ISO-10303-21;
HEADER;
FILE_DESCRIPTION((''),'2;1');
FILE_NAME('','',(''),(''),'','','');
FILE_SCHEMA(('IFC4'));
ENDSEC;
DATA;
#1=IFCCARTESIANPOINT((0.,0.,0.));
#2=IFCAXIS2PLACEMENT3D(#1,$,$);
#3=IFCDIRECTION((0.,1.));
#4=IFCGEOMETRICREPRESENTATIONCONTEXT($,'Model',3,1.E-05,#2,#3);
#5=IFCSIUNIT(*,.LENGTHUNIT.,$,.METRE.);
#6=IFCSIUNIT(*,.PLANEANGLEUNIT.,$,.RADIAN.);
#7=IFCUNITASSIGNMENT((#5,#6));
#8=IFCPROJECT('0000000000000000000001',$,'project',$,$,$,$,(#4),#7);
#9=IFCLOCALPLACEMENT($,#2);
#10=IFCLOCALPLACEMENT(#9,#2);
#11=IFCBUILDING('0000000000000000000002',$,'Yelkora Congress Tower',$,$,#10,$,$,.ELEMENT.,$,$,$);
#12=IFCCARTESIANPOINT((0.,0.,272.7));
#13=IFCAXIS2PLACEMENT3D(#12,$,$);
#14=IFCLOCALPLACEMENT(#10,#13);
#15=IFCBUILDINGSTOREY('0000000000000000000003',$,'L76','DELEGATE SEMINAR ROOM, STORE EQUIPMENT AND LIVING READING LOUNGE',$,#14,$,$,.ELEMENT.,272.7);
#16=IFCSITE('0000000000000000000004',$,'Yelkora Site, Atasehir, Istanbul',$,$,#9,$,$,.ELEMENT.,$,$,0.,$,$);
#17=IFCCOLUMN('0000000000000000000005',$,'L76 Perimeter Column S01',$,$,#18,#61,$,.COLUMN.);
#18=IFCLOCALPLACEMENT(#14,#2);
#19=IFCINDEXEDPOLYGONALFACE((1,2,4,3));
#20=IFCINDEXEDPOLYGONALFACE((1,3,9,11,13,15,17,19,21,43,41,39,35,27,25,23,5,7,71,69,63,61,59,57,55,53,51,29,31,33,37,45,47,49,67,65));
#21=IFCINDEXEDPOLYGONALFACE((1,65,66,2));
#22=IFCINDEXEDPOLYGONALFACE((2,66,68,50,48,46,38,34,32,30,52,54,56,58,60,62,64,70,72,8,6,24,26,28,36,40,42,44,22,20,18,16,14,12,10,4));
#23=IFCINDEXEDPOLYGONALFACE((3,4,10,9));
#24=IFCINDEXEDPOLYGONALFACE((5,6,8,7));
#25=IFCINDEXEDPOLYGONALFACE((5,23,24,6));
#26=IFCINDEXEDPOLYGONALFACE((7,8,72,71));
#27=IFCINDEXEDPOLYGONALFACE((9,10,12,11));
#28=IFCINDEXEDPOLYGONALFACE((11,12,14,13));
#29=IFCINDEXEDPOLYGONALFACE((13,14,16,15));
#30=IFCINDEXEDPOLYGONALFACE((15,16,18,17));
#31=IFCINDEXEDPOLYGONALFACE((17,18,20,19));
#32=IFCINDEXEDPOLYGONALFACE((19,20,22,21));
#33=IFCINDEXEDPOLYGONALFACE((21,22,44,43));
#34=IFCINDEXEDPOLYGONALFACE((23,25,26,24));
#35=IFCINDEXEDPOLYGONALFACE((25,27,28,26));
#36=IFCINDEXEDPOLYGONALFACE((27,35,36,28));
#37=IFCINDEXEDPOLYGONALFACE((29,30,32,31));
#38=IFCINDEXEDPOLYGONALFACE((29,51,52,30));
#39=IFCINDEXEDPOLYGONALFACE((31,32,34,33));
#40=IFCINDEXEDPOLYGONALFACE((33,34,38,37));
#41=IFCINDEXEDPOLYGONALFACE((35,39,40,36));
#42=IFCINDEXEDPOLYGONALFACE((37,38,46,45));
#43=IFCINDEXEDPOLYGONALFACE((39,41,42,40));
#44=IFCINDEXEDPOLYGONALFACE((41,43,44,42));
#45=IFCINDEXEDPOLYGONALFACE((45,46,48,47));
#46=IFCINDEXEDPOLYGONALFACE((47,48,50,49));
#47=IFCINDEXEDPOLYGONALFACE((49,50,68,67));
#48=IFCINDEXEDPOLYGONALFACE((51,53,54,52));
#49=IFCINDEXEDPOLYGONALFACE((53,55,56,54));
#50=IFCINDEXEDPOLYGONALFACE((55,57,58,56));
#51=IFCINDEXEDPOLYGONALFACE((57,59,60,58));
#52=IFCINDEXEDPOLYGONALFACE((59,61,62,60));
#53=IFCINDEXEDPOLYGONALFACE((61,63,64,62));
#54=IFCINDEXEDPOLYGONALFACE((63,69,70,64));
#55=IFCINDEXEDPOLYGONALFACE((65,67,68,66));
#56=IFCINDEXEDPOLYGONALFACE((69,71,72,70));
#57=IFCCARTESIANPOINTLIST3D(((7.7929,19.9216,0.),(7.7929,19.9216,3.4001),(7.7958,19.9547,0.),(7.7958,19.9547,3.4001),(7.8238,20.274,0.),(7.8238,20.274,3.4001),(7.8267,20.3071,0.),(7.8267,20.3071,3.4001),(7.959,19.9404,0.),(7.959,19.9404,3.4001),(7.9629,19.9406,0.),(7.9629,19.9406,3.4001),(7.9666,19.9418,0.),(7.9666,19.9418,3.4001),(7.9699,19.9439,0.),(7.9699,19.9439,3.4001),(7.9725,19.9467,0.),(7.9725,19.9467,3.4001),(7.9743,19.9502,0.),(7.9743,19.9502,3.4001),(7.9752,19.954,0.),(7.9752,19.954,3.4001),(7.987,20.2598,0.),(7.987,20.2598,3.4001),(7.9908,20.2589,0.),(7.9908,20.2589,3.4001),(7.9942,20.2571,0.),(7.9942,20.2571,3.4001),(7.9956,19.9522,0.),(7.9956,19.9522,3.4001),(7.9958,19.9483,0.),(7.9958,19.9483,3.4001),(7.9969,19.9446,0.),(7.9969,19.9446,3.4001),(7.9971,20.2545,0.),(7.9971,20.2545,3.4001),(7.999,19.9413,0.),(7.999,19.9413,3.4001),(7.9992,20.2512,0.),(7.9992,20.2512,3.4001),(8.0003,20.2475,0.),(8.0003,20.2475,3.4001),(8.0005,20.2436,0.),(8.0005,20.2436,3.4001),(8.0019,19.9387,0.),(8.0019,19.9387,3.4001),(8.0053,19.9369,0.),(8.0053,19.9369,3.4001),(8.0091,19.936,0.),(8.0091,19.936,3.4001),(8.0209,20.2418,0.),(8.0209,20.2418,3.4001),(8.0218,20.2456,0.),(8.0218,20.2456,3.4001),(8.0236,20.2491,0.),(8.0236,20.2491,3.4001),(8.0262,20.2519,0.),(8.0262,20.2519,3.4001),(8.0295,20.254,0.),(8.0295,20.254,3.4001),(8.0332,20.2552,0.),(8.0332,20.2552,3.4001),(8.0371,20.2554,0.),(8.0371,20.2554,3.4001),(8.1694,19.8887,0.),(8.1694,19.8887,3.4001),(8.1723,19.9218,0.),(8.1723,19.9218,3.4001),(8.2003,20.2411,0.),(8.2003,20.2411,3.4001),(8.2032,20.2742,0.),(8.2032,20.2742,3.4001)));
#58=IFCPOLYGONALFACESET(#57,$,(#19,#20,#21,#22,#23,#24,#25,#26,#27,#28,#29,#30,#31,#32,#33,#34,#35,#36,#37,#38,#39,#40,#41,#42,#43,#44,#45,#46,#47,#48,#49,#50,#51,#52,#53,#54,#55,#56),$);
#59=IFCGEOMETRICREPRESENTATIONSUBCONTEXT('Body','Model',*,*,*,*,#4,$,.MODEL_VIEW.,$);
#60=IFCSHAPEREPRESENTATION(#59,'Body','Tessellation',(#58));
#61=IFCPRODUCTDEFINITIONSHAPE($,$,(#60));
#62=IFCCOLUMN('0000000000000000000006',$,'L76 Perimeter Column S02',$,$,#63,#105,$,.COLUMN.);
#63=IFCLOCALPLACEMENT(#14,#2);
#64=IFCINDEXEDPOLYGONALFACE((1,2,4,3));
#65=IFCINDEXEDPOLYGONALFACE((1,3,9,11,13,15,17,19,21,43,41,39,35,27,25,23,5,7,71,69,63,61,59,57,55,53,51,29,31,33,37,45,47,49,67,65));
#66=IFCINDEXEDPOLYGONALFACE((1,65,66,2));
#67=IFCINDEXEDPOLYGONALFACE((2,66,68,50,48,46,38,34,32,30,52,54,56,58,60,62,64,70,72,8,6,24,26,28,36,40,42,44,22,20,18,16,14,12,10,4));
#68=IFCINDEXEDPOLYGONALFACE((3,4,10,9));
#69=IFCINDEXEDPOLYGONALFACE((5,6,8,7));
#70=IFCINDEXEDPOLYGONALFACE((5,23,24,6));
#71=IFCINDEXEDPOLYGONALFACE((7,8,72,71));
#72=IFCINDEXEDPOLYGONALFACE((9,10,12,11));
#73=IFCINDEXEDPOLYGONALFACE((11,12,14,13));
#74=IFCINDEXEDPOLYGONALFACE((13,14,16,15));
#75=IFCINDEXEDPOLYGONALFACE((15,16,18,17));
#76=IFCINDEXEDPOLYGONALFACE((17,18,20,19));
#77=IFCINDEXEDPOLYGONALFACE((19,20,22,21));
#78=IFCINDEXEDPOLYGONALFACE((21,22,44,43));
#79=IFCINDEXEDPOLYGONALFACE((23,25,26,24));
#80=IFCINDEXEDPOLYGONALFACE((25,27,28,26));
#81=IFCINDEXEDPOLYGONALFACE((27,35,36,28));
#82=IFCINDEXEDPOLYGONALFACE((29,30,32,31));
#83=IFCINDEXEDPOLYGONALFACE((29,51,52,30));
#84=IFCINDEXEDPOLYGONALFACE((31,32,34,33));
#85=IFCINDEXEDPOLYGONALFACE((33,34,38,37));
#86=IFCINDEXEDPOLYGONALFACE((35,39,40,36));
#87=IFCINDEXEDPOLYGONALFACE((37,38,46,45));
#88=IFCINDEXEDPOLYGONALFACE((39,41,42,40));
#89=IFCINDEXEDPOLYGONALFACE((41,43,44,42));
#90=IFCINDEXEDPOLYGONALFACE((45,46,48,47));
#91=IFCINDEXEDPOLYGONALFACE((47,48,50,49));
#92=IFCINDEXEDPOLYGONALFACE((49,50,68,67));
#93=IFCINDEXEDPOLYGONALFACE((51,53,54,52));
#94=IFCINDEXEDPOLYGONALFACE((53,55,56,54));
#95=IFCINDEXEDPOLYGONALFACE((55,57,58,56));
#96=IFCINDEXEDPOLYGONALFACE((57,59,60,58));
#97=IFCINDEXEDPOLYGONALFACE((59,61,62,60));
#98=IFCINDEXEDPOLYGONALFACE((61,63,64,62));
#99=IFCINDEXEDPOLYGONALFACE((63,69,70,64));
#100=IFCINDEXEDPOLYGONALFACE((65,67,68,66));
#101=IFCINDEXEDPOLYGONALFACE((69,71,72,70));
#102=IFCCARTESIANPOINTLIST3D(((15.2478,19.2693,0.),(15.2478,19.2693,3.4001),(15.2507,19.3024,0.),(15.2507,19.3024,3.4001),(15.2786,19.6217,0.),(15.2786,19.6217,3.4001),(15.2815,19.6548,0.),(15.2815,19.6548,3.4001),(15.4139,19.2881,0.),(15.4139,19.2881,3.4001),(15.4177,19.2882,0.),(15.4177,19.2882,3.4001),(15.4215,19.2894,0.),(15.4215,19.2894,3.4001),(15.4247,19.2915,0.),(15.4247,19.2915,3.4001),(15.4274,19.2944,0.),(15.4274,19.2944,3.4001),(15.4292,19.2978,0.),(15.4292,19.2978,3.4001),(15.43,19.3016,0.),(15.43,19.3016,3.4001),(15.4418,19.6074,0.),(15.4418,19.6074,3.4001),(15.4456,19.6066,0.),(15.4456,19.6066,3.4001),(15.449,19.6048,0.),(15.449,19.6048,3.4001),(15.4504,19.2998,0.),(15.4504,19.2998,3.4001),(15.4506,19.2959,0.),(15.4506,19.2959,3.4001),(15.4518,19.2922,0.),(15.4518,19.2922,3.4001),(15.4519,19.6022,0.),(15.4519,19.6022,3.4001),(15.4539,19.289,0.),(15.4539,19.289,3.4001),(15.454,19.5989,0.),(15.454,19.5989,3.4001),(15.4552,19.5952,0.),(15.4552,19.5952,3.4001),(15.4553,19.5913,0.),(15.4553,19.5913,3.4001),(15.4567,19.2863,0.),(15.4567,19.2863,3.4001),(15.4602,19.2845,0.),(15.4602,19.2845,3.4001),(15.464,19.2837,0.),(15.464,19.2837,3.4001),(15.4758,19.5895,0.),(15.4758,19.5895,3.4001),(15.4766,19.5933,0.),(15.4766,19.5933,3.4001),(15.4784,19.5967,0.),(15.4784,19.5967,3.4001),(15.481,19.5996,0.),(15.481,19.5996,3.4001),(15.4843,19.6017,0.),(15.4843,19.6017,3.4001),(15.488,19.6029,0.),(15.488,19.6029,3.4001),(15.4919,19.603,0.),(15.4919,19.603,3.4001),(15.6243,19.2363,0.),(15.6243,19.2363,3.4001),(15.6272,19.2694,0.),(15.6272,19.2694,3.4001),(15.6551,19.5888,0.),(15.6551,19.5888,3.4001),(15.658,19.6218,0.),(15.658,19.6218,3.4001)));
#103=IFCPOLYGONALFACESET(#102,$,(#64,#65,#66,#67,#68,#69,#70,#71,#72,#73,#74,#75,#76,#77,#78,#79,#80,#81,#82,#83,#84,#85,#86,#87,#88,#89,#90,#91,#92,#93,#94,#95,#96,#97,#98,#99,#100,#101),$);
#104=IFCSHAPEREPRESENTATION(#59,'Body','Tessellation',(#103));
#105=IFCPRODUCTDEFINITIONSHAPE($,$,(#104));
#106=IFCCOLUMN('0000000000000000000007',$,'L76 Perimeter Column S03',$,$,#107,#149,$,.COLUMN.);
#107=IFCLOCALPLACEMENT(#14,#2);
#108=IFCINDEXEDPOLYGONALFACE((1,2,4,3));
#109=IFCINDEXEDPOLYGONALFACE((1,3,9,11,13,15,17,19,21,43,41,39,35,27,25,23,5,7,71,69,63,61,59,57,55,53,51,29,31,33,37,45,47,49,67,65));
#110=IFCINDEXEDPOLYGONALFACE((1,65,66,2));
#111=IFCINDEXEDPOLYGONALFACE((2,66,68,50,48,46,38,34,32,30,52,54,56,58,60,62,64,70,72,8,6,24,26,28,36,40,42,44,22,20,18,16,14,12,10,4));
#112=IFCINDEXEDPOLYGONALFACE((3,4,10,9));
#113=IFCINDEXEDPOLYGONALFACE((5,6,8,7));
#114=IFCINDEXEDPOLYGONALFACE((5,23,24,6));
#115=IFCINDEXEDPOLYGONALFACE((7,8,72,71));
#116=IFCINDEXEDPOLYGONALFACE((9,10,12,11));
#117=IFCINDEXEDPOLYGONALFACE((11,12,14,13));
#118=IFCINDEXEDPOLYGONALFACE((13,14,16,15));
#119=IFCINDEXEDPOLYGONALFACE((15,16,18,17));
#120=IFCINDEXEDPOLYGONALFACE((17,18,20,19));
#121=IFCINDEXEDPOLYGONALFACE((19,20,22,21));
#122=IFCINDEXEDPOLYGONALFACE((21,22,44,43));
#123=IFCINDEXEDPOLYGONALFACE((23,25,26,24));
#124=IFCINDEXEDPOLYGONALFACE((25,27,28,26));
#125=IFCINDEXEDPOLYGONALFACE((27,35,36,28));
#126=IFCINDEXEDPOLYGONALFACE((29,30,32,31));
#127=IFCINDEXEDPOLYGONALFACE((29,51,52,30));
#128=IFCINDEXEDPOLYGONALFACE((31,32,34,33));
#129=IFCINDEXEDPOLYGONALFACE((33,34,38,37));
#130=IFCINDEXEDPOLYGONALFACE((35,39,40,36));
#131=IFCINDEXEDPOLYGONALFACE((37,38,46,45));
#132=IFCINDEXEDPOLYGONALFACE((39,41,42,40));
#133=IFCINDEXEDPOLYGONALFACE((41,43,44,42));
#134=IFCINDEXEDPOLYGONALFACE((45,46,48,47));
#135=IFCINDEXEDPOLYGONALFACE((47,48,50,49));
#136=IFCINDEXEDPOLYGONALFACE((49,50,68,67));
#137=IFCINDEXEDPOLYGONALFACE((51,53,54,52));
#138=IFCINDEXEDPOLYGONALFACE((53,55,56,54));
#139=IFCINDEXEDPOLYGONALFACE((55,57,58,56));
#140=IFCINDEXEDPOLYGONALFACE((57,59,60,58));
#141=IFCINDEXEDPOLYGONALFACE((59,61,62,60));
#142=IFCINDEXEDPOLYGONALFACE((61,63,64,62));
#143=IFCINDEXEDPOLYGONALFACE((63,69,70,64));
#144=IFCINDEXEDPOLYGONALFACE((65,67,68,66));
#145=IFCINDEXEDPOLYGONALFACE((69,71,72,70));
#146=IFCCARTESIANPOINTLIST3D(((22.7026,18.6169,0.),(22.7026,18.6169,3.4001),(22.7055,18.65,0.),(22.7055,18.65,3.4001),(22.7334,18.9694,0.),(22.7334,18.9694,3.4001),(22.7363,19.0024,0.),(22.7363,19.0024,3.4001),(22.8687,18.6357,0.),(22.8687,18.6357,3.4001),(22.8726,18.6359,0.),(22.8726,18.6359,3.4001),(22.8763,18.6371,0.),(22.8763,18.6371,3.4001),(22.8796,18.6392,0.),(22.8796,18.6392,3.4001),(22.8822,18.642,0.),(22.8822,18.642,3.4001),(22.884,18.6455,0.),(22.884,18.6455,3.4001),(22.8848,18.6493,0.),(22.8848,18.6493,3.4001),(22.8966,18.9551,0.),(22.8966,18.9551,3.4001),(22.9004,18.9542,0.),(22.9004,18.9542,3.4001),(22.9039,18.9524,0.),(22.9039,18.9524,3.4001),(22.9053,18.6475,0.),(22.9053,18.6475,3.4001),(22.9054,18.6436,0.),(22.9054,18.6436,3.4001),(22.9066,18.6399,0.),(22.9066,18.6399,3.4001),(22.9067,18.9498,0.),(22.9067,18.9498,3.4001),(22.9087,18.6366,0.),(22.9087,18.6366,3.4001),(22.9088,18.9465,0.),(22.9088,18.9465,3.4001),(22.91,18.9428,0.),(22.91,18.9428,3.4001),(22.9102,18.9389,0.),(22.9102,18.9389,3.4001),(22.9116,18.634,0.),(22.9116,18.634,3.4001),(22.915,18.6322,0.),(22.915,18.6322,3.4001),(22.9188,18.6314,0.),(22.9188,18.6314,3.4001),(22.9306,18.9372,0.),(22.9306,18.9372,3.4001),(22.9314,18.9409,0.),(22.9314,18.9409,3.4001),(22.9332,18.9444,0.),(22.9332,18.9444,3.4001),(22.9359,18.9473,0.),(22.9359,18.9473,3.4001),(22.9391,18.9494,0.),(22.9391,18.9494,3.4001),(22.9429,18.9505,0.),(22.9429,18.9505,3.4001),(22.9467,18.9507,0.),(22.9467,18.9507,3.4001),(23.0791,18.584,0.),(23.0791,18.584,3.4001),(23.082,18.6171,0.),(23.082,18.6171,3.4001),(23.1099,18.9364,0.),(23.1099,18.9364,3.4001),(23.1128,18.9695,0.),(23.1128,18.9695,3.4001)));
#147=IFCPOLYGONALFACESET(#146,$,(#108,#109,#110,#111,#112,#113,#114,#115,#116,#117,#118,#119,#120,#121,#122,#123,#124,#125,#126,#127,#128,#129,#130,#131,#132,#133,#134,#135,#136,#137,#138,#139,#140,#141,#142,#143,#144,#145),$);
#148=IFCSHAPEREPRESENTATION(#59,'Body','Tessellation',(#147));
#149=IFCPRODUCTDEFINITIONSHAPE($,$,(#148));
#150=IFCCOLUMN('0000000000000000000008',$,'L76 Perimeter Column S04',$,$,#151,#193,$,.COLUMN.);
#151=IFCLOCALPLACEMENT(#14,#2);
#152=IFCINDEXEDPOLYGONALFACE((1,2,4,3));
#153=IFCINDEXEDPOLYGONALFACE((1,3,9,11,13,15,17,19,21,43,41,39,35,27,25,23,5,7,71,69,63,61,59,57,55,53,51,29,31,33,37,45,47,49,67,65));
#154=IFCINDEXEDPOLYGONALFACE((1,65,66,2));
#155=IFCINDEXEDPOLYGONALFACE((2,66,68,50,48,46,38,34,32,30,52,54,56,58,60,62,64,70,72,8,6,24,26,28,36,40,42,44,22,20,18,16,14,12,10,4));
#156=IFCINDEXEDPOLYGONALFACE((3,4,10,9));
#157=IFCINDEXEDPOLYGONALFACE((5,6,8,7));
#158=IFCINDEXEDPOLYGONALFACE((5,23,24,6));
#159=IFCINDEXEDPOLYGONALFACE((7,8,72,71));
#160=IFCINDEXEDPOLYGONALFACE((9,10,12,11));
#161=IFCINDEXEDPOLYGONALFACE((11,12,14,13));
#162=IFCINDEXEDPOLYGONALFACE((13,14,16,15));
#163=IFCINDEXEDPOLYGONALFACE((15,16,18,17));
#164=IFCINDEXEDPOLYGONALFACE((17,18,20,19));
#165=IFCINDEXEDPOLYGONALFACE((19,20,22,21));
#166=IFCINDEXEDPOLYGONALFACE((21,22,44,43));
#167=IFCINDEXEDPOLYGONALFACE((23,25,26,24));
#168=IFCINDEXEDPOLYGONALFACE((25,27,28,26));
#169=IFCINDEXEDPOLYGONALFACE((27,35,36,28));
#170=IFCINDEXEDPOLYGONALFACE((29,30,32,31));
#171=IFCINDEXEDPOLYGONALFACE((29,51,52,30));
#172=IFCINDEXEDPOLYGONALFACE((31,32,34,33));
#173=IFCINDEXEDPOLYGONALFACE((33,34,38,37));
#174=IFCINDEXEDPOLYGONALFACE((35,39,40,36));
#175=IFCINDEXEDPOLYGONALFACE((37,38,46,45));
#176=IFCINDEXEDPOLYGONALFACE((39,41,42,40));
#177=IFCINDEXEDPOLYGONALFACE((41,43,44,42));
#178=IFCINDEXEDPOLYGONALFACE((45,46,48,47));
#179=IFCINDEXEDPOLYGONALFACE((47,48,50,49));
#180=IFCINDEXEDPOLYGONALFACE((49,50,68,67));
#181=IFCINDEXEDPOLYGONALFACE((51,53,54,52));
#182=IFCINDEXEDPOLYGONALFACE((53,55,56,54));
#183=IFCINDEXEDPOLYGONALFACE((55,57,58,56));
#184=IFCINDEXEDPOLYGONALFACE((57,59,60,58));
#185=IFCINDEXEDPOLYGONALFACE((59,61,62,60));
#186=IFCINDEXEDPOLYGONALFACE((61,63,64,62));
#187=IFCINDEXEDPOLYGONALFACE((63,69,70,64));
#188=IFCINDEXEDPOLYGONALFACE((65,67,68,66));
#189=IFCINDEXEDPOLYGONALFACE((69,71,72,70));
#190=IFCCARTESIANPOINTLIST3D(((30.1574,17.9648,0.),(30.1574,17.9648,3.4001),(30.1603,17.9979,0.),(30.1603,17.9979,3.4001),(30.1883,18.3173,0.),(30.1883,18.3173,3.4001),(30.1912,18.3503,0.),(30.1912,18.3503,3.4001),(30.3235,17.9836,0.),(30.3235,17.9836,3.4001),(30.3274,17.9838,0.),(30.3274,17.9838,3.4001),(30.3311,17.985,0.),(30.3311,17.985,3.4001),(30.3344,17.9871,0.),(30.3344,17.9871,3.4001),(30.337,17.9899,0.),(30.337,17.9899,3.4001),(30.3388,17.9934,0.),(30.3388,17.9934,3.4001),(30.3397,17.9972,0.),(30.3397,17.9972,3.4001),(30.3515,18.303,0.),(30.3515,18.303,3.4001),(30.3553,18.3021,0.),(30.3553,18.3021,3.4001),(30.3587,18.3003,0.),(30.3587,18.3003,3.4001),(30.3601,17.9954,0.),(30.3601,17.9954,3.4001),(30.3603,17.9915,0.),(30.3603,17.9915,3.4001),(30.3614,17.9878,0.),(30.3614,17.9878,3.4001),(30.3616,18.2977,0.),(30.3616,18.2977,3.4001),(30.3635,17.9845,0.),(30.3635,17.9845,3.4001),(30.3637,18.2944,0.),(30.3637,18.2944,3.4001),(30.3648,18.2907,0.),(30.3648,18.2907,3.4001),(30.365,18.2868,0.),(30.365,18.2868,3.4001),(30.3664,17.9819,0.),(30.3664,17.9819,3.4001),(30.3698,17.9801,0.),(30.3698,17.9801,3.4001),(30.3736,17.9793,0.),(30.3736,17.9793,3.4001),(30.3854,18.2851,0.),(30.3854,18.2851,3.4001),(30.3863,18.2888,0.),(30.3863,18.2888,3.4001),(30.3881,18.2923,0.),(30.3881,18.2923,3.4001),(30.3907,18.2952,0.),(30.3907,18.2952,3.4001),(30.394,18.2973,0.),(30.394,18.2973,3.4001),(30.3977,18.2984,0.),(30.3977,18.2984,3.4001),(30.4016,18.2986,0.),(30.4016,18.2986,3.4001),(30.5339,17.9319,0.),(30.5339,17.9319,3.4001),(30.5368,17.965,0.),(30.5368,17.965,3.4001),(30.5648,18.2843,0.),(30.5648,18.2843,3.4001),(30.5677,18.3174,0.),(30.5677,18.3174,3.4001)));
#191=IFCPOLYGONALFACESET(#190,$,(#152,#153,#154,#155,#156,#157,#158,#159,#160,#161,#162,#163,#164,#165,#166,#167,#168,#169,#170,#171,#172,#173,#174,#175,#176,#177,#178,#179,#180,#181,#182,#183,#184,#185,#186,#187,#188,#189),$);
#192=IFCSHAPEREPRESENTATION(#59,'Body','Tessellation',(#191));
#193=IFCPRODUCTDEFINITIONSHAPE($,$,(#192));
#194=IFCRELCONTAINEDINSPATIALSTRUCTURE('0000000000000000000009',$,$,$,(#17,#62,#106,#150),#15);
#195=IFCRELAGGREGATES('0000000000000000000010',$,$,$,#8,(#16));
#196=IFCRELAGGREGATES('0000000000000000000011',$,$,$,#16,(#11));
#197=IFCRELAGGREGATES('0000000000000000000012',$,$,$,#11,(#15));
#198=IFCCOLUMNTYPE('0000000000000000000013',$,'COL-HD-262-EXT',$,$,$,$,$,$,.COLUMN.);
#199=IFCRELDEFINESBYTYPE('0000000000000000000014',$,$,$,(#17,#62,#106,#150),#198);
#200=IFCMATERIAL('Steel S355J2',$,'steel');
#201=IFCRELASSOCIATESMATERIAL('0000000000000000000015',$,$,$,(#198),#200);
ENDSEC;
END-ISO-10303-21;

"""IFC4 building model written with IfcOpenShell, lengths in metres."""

from ifc_helpers import new_model, si_unit, direction, frame, origin, origin_2d, place, context, subcontext, project, spatial, i_section, extrude, material, material_profile, profile_set, type_object, element, save


model = new_model("IFC4")

# Units and contexts
model_context = context("Model", 3, precision=1e-05, world=origin(), true_north=direction((0.0, 1.0)))
body_context = subcontext(model_context, "Body", "Model", "MODEL_VIEW")
ifc_project = project(units=[si_unit("LENGTHUNIT", "METRE"), si_unit("PLANEANGLEUNIT", "RADIAN")], contexts=[model_context])

# Site, building, storey
site_placement = place(None, origin())
site = spatial("IfcSite", under=ifc_project, at=site_placement, Name="Yelkora Site, Atasehir, Istanbul", CompositionType="ELEMENT", RefElevation=0.0)
building_placement = place(site_placement, origin())
building = spatial("IfcBuilding", under=site, at=building_placement, Name="Yelkora Congress Tower", CompositionType="ELEMENT")
storey_placement = place(building_placement, frame((0.0, 0.0, 272.7)))
storey = spatial("IfcBuildingStorey", under=building, at=storey_placement, Name="L76", Description="DELEGATE SEMINAR ROOM, STORE EQUIPMENT AND LIVING READING LOUNGE", CompositionType="ELEMENT", Elevation=272.7)

# Columns
ifc_material_1 = material(Name="Steel S355J2", Category="steel")
ifc_material_profile_1 = material_profile(ifc_material_1, i_section(OverallWidth=0.3779, OverallDepth=0.387, WebThickness=0.0205, FlangeThickness=0.0332, FilletRadius=0.0149, at=origin_2d()), Name="HD 360x262")
ifc_profile_set_1 = profile_set([ifc_material_profile_1], Name="Steel S355J2")
column_type = type_object("IfcColumnType", Name="COL-HD-262-EXT", PredefinedType="COLUMN", material=ifc_profile_set_1)
for number, where, z_axis, x_axis, name in (
    (1, (7.998, 20.0979, 0.0), (0.0, 0.0, 1.0), (0.996195, -0.087156, 0.0), "L76 Perimeter Column S01"),
    (2, (15.4529, 19.4456, 0.0), (0.0, 0.0, 1.0), (0.996195, -0.087156, 0.0), "L76 Perimeter Column S02"),
    (3, (22.9077, 18.7932, 0.0), (0.0, 0.0, 1.0), (0.996195, -0.087156, 0.0), "L76 Perimeter Column S03"),
    (4, (30.3625, 18.1411, 0.0), (0.0, 0.0, 1.0), (0.996195, -0.087156, 0.0), "L76 Perimeter Column S04"),
):
    element("IfcColumn", number, at=place(storey_placement, frame(where, z_axis=z_axis, x_axis=x_axis)), inside=storey, type_object=column_type, Name=name, PredefinedType="COLUMN", context=body_context, shape_type="SweptSolid", body=[
        extrude(i_section(OverallWidth=0.3779, OverallDepth=0.387, WebThickness=0.0205, FlangeThickness=0.0332, FilletRadius=0.0149, at=origin_2d()), origin(), (0.0, 0.0, 1.0), 3.4001),
    ])

save(model, "model.ifc")
